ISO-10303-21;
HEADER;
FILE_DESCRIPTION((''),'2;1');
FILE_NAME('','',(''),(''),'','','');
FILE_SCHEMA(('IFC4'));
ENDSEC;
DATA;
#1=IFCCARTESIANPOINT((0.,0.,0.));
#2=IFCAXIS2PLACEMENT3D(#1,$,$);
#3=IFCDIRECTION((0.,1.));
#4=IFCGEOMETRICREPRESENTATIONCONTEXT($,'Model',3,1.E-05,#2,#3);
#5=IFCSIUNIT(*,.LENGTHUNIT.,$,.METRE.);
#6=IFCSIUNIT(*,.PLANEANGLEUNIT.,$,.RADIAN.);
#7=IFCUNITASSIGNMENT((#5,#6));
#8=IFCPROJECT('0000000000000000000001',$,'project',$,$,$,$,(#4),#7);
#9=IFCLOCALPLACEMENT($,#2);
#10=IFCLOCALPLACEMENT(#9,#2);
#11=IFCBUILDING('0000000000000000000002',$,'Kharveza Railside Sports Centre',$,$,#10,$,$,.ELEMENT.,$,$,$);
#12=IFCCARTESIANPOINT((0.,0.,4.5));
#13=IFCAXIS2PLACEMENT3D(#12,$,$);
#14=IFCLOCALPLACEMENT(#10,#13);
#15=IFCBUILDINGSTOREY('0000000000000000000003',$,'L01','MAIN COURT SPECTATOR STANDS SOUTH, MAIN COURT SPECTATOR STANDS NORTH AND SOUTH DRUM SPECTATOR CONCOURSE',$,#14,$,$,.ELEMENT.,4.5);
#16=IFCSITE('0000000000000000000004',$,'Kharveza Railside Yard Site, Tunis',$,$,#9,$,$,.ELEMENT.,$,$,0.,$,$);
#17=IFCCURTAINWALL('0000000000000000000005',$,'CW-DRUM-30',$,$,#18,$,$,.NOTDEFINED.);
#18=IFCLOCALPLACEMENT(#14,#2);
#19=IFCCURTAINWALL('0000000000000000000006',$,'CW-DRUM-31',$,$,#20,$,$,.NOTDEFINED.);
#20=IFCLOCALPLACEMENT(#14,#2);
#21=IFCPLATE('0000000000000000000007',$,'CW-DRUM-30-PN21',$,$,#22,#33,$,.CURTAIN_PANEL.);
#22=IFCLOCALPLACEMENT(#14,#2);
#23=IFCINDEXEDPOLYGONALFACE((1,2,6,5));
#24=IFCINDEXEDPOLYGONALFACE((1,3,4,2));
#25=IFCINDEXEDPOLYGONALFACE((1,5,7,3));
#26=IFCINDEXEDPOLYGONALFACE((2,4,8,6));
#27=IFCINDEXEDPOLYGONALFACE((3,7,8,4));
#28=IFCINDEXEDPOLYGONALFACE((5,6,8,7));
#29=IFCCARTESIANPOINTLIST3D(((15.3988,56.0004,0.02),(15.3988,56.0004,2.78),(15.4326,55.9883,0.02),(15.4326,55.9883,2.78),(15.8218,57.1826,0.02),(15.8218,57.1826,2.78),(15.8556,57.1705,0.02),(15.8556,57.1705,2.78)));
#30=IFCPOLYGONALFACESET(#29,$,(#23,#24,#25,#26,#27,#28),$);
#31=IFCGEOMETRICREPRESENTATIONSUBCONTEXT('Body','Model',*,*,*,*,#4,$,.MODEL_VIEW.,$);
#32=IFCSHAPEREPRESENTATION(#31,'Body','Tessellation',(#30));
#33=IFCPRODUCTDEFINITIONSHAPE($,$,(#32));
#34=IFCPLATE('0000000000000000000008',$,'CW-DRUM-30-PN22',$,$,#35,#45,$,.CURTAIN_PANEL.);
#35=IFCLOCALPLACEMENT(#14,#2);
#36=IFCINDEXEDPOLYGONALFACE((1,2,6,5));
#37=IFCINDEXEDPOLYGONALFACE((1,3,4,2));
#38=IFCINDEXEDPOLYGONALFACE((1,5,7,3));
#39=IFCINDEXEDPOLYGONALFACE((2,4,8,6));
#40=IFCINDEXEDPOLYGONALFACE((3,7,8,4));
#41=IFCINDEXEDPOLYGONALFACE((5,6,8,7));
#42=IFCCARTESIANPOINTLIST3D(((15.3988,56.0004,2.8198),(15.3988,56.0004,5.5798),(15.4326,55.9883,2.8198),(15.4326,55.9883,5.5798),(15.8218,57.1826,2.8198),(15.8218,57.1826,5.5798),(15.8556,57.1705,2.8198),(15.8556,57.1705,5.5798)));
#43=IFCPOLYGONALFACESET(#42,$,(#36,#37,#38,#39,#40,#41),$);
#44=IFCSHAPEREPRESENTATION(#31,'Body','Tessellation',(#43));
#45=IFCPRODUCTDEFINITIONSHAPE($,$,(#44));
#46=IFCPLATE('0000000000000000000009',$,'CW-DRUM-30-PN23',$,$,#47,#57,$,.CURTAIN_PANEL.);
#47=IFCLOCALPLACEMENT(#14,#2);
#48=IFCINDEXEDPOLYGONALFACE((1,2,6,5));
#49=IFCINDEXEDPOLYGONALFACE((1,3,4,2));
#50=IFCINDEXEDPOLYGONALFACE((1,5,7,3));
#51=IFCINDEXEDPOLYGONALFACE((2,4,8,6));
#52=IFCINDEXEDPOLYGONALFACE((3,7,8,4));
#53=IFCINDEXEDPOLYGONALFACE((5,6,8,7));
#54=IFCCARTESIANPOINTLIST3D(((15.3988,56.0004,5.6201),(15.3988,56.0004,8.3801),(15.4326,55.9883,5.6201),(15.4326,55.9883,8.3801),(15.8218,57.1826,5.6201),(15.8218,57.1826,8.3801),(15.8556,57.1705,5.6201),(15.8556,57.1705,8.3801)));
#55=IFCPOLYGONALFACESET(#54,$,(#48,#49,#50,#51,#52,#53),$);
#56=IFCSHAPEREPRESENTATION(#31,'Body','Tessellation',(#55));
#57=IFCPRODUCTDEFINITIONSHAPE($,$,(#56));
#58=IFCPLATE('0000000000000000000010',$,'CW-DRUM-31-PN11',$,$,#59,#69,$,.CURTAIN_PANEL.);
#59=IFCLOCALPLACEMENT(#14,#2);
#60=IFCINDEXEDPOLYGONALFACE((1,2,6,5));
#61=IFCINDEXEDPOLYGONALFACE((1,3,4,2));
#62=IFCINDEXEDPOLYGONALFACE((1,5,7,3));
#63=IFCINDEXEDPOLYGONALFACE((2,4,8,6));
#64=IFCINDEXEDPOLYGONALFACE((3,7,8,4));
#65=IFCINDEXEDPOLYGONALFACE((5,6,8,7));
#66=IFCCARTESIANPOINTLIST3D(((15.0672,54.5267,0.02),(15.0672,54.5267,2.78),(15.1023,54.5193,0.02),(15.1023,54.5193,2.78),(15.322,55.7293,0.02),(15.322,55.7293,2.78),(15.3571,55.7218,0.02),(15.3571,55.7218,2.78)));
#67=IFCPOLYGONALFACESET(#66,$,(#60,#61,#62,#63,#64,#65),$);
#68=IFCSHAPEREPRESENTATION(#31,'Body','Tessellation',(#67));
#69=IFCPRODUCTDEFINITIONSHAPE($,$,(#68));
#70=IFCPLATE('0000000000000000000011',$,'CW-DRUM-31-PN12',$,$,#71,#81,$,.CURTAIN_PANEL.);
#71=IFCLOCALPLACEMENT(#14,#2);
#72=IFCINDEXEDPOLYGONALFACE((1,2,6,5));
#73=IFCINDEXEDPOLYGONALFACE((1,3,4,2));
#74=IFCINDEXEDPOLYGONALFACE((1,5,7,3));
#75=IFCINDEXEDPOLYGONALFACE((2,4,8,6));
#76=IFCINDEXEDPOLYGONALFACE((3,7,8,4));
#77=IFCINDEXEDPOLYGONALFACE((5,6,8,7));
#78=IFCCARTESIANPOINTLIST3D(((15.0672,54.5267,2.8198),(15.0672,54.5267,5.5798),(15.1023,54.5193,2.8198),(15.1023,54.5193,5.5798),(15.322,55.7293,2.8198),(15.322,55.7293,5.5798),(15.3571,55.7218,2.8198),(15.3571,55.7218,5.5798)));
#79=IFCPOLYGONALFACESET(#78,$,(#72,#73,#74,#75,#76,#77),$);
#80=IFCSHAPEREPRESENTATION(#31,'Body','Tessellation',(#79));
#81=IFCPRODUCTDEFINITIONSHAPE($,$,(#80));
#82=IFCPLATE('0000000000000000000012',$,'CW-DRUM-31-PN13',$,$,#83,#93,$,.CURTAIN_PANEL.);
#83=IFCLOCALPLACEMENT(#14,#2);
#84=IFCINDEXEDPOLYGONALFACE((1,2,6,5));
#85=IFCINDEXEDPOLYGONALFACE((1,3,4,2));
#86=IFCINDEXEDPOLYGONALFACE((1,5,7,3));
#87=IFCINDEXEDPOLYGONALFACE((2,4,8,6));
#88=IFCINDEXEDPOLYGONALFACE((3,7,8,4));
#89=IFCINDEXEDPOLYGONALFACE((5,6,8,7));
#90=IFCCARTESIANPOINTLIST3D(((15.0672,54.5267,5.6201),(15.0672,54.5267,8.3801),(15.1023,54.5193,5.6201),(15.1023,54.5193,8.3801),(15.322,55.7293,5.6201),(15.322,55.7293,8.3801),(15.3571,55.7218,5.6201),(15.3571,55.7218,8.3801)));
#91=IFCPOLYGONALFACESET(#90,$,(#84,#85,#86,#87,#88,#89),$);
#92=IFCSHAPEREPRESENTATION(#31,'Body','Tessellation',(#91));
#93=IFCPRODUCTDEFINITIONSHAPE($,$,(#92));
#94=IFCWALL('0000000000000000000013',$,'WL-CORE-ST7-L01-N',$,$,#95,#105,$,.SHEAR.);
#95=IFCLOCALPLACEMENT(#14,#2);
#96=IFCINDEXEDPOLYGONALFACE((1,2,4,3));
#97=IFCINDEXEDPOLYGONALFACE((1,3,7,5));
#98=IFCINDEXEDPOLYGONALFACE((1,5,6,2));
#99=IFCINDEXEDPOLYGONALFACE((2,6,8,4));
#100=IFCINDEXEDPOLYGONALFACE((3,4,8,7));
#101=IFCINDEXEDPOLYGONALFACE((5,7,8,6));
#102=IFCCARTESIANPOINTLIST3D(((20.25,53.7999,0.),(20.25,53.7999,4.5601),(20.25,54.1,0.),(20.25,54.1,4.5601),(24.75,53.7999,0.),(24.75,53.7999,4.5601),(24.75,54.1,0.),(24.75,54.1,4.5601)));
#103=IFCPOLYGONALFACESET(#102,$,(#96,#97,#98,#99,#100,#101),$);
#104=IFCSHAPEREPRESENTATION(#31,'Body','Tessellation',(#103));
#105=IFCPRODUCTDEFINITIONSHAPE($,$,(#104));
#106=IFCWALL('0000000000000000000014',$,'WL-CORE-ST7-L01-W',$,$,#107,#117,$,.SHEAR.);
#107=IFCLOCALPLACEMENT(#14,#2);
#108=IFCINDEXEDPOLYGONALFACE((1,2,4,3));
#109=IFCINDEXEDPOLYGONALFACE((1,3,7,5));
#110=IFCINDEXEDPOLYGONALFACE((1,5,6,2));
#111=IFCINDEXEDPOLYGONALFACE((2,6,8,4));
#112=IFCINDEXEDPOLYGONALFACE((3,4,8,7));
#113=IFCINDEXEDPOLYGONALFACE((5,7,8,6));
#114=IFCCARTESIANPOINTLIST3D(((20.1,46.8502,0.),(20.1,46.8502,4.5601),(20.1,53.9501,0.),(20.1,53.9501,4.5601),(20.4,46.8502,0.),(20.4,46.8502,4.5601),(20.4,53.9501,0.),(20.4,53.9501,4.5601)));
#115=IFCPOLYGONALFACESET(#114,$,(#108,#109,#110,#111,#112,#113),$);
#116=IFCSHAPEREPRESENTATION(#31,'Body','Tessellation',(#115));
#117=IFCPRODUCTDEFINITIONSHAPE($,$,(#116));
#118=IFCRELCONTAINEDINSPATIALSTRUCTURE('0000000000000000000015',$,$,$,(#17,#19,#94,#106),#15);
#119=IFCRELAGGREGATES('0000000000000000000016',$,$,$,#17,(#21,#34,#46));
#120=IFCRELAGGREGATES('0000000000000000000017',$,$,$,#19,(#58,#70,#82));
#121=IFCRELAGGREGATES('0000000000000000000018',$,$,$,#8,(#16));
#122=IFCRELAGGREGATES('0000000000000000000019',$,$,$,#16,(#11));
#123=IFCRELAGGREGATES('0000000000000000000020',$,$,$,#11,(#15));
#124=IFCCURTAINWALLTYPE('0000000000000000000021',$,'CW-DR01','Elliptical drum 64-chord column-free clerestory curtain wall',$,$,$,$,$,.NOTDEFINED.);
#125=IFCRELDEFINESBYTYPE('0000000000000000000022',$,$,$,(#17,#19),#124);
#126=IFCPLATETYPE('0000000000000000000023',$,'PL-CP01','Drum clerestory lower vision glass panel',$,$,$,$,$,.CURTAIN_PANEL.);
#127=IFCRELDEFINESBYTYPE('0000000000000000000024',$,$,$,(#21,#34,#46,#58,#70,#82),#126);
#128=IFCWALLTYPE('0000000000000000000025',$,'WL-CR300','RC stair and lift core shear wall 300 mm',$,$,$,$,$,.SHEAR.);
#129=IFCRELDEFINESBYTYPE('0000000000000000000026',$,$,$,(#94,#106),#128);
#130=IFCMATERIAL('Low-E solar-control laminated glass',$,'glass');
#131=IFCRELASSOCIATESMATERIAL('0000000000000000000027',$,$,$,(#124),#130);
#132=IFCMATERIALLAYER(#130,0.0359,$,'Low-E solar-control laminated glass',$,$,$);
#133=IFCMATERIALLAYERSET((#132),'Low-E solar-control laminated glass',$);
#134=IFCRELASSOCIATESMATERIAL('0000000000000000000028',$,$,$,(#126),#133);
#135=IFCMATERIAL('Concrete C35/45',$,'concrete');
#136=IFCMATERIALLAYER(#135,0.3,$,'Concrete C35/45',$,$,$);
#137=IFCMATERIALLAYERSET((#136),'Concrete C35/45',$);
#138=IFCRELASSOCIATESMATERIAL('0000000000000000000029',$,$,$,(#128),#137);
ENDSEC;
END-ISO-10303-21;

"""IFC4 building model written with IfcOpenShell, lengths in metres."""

from ifc_helpers import new_model, si_unit, direction, frame, frame_2d, origin, origin_2d, place, context, subcontext, project, spatial, rectangle, extrude, material, layer, layer_set, type_object, element, aggregate, save


model = new_model("IFC4")

# Units and contexts
model_context = context("Model", 3, precision=1e-05, world=origin(), true_north=direction((0.0, 1.0)))
body_context = subcontext(model_context, "Body", "Model", "MODEL_VIEW")
ifc_project = project(units=[si_unit("LENGTHUNIT", "METRE"), si_unit("PLANEANGLEUNIT", "RADIAN")], contexts=[model_context])

# Site, building, storey
site_placement = place(None, origin())
site = spatial("IfcSite", under=ifc_project, at=site_placement, Name="Kharveza Railside Yard Site, Tunis", CompositionType="ELEMENT", RefElevation=0.0)
building_placement = place(site_placement, origin())
building = spatial("IfcBuilding", under=site, at=building_placement, Name="Kharveza Railside Sports Centre", CompositionType="ELEMENT")
storey_placement = place(building_placement, frame((0.0, 0.0, 4.5)))
storey = spatial("IfcBuildingStorey", under=building, at=storey_placement, Name="L01", Description="MAIN COURT SPECTATOR STANDS SOUTH, MAIN COURT SPECTATOR STANDS NORTH AND SOUTH DRUM SPECTATOR CONCOURSE", CompositionType="ELEMENT", Elevation=4.5)

# Shared definitions
ifc_material_1 = material(Name="Low-E solar-control laminated glass", Category="glass")
curtain_wall_type = type_object("IfcCurtainWallType", Name="CW-DR01", Description="Elliptical drum 64-chord column-free clerestory curtain wall", PredefinedType="NOTDEFINED", material=ifc_material_1)

# Curtain walls
curtain_wall_1_placement = place(storey_placement, origin())
curtain_wall_1 = element("IfcCurtainWall", 1, at=curtain_wall_1_placement, inside=storey, type_object=curtain_wall_type, Name="CW-DRUM-30", PredefinedType="NOTDEFINED")
curtain_wall_2_placement = place(storey_placement, origin())
curtain_wall_2 = element("IfcCurtainWall", 2, at=curtain_wall_2_placement, inside=storey, type_object=curtain_wall_type, Name="CW-DRUM-31", PredefinedType="NOTDEFINED")

# Plates
ifc_layer_1 = layer(ifc_material_1, 0.0359, Name="Low-E solar-control laminated glass")
ifc_layer_set_1 = layer_set([ifc_layer_1], Name="Low-E solar-control laminated glass")
plate_type = type_object("IfcPlateType", Name="PL-CP01", Description="Drum clerestory lower vision glass panel", PredefinedType="CURTAIN_PANEL", material=ifc_layer_set_1)
plate_1_placement = place(storey_placement, frame((15.6272, 56.5854, 0.02), z_axis=(0.0, 0.0, 1.0), x_axis=(-0.336915, -0.941535, 0.0)))
plate_1 = element("IfcPlate", 3, at=plate_1_placement, type_object=plate_type, Name="CW-DRUM-30-PN21", PredefinedType="CURTAIN_PANEL", context=body_context, shape_type="SweptSolid", body=[
    extrude(rectangle(XDim=1.2556, YDim=0.0359, at=origin_2d()), origin(), (0.0, 0.0, 1.0), 2.76),
])
plate_2_placement = place(storey_placement, frame((15.6272, 56.5854, 2.8198), z_axis=(0.0, 0.0, 1.0), x_axis=(-0.336915, -0.941535, 0.0)))
plate_2 = element("IfcPlate", 4, at=plate_2_placement, type_object=plate_type, Name="CW-DRUM-30-PN22", PredefinedType="CURTAIN_PANEL", context=body_context, shape_type="SweptSolid", body=[
    extrude(rectangle(XDim=1.2556, YDim=0.0359, at=origin_2d()), origin(), (0.0, 0.0, 1.0), 2.76),
])
plate_3_placement = place(storey_placement, frame((15.6272, 56.5854, 5.6201), z_axis=(0.0, 0.0, 1.0), x_axis=(-0.336915, -0.941535, 0.0)))
plate_3 = element("IfcPlate", 5, at=plate_3_placement, type_object=plate_type, Name="CW-DRUM-30-PN23", PredefinedType="CURTAIN_PANEL", context=body_context, shape_type="SweptSolid", body=[
    extrude(rectangle(XDim=1.2556, YDim=0.0359, at=origin_2d()), origin(), (0.0, 0.0, 1.0), 2.76),
])
aggregate(curtain_wall_1, [plate_1, plate_2, plate_3])
plate_4_placement = place(storey_placement, frame((15.2122, 55.1243, 0.02), z_axis=(0.0, 0.0, 1.0), x_axis=(-0.207297, -0.978278, 0.0)))
plate_4 = element("IfcPlate", 6, at=plate_4_placement, type_object=plate_type, Name="CW-DRUM-31-PN11", PredefinedType="CURTAIN_PANEL", context=body_context, shape_type="SweptSolid", body=[
    extrude(rectangle(XDim=1.2292, YDim=0.0359, at=origin_2d()), origin(), (0.0, 0.0, 1.0), 2.76),
])
plate_5_placement = place(storey_placement, frame((15.2122, 55.1243, 2.8198), z_axis=(0.0, 0.0, 1.0), x_axis=(-0.207297, -0.978278, 0.0)))
plate_5 = element("IfcPlate", 7, at=plate_5_placement, type_object=plate_type, Name="CW-DRUM-31-PN12", PredefinedType="CURTAIN_PANEL", context=body_context, shape_type="SweptSolid", body=[
    extrude(rectangle(XDim=1.2292, YDim=0.0359, at=origin_2d()), origin(), (0.0, 0.0, 1.0), 2.76),
])
plate_6_placement = place(storey_placement, frame((15.2122, 55.1243, 5.6201), z_axis=(0.0, 0.0, 1.0), x_axis=(-0.207297, -0.978278, 0.0)))
plate_6 = element("IfcPlate", 8, at=plate_6_placement, type_object=plate_type, Name="CW-DRUM-31-PN13", PredefinedType="CURTAIN_PANEL", context=body_context, shape_type="SweptSolid", body=[
    extrude(rectangle(XDim=1.2292, YDim=0.0359, at=origin_2d()), origin(), (0.0, 0.0, 1.0), 2.76),
])
aggregate(curtain_wall_2, [plate_4, plate_5, plate_6])

# Walls
ifc_material_2 = material(Name="Concrete C35/45", Category="concrete")
ifc_layer_2 = layer(ifc_material_2, 0.3, Name="Concrete C35/45")
ifc_layer_set_2 = layer_set([ifc_layer_2], Name="Concrete C35/45")
wall_type = type_object("IfcWallType", Name="WL-CR300", Description="RC stair and lift core shear wall 300 mm", PredefinedType="SHEAR", material=ifc_layer_set_2)
wall_1_placement = place(storey_placement, frame((24.75, 53.95, 0.0), z_axis=(0.0, 0.0, 1.0), x_axis=(-1.0, 0.0, 0.0)))
element("IfcWall", 9, at=wall_1_placement, inside=storey, type_object=wall_type, Name="WL-CORE-ST7-L01-N", PredefinedType="SHEAR", context=body_context, shape_type="SweptSolid", body=[
    extrude(rectangle(XDim=4.5, YDim=0.3, at=frame_2d((2.25, 0.0))), origin(), (0.0, 0.0, 1.0), 4.5601),
])
wall_2_placement = place(storey_placement, frame((20.25, 53.95, 0.0), z_axis=(0.0, 0.0, 1.0), x_axis=(0.0, -1.0, 0.0)))
element("IfcWall", 10, at=wall_2_placement, inside=storey, type_object=wall_type, Name="WL-CORE-ST7-L01-W", PredefinedType="SHEAR", context=body_context, shape_type="SweptSolid", body=[
    extrude(rectangle(XDim=7.0999, YDim=0.3, at=frame_2d((3.5498, 0.0))), origin(), (0.0, 0.0, 1.0), 4.5601),
])

save(model, "model.ifc")
